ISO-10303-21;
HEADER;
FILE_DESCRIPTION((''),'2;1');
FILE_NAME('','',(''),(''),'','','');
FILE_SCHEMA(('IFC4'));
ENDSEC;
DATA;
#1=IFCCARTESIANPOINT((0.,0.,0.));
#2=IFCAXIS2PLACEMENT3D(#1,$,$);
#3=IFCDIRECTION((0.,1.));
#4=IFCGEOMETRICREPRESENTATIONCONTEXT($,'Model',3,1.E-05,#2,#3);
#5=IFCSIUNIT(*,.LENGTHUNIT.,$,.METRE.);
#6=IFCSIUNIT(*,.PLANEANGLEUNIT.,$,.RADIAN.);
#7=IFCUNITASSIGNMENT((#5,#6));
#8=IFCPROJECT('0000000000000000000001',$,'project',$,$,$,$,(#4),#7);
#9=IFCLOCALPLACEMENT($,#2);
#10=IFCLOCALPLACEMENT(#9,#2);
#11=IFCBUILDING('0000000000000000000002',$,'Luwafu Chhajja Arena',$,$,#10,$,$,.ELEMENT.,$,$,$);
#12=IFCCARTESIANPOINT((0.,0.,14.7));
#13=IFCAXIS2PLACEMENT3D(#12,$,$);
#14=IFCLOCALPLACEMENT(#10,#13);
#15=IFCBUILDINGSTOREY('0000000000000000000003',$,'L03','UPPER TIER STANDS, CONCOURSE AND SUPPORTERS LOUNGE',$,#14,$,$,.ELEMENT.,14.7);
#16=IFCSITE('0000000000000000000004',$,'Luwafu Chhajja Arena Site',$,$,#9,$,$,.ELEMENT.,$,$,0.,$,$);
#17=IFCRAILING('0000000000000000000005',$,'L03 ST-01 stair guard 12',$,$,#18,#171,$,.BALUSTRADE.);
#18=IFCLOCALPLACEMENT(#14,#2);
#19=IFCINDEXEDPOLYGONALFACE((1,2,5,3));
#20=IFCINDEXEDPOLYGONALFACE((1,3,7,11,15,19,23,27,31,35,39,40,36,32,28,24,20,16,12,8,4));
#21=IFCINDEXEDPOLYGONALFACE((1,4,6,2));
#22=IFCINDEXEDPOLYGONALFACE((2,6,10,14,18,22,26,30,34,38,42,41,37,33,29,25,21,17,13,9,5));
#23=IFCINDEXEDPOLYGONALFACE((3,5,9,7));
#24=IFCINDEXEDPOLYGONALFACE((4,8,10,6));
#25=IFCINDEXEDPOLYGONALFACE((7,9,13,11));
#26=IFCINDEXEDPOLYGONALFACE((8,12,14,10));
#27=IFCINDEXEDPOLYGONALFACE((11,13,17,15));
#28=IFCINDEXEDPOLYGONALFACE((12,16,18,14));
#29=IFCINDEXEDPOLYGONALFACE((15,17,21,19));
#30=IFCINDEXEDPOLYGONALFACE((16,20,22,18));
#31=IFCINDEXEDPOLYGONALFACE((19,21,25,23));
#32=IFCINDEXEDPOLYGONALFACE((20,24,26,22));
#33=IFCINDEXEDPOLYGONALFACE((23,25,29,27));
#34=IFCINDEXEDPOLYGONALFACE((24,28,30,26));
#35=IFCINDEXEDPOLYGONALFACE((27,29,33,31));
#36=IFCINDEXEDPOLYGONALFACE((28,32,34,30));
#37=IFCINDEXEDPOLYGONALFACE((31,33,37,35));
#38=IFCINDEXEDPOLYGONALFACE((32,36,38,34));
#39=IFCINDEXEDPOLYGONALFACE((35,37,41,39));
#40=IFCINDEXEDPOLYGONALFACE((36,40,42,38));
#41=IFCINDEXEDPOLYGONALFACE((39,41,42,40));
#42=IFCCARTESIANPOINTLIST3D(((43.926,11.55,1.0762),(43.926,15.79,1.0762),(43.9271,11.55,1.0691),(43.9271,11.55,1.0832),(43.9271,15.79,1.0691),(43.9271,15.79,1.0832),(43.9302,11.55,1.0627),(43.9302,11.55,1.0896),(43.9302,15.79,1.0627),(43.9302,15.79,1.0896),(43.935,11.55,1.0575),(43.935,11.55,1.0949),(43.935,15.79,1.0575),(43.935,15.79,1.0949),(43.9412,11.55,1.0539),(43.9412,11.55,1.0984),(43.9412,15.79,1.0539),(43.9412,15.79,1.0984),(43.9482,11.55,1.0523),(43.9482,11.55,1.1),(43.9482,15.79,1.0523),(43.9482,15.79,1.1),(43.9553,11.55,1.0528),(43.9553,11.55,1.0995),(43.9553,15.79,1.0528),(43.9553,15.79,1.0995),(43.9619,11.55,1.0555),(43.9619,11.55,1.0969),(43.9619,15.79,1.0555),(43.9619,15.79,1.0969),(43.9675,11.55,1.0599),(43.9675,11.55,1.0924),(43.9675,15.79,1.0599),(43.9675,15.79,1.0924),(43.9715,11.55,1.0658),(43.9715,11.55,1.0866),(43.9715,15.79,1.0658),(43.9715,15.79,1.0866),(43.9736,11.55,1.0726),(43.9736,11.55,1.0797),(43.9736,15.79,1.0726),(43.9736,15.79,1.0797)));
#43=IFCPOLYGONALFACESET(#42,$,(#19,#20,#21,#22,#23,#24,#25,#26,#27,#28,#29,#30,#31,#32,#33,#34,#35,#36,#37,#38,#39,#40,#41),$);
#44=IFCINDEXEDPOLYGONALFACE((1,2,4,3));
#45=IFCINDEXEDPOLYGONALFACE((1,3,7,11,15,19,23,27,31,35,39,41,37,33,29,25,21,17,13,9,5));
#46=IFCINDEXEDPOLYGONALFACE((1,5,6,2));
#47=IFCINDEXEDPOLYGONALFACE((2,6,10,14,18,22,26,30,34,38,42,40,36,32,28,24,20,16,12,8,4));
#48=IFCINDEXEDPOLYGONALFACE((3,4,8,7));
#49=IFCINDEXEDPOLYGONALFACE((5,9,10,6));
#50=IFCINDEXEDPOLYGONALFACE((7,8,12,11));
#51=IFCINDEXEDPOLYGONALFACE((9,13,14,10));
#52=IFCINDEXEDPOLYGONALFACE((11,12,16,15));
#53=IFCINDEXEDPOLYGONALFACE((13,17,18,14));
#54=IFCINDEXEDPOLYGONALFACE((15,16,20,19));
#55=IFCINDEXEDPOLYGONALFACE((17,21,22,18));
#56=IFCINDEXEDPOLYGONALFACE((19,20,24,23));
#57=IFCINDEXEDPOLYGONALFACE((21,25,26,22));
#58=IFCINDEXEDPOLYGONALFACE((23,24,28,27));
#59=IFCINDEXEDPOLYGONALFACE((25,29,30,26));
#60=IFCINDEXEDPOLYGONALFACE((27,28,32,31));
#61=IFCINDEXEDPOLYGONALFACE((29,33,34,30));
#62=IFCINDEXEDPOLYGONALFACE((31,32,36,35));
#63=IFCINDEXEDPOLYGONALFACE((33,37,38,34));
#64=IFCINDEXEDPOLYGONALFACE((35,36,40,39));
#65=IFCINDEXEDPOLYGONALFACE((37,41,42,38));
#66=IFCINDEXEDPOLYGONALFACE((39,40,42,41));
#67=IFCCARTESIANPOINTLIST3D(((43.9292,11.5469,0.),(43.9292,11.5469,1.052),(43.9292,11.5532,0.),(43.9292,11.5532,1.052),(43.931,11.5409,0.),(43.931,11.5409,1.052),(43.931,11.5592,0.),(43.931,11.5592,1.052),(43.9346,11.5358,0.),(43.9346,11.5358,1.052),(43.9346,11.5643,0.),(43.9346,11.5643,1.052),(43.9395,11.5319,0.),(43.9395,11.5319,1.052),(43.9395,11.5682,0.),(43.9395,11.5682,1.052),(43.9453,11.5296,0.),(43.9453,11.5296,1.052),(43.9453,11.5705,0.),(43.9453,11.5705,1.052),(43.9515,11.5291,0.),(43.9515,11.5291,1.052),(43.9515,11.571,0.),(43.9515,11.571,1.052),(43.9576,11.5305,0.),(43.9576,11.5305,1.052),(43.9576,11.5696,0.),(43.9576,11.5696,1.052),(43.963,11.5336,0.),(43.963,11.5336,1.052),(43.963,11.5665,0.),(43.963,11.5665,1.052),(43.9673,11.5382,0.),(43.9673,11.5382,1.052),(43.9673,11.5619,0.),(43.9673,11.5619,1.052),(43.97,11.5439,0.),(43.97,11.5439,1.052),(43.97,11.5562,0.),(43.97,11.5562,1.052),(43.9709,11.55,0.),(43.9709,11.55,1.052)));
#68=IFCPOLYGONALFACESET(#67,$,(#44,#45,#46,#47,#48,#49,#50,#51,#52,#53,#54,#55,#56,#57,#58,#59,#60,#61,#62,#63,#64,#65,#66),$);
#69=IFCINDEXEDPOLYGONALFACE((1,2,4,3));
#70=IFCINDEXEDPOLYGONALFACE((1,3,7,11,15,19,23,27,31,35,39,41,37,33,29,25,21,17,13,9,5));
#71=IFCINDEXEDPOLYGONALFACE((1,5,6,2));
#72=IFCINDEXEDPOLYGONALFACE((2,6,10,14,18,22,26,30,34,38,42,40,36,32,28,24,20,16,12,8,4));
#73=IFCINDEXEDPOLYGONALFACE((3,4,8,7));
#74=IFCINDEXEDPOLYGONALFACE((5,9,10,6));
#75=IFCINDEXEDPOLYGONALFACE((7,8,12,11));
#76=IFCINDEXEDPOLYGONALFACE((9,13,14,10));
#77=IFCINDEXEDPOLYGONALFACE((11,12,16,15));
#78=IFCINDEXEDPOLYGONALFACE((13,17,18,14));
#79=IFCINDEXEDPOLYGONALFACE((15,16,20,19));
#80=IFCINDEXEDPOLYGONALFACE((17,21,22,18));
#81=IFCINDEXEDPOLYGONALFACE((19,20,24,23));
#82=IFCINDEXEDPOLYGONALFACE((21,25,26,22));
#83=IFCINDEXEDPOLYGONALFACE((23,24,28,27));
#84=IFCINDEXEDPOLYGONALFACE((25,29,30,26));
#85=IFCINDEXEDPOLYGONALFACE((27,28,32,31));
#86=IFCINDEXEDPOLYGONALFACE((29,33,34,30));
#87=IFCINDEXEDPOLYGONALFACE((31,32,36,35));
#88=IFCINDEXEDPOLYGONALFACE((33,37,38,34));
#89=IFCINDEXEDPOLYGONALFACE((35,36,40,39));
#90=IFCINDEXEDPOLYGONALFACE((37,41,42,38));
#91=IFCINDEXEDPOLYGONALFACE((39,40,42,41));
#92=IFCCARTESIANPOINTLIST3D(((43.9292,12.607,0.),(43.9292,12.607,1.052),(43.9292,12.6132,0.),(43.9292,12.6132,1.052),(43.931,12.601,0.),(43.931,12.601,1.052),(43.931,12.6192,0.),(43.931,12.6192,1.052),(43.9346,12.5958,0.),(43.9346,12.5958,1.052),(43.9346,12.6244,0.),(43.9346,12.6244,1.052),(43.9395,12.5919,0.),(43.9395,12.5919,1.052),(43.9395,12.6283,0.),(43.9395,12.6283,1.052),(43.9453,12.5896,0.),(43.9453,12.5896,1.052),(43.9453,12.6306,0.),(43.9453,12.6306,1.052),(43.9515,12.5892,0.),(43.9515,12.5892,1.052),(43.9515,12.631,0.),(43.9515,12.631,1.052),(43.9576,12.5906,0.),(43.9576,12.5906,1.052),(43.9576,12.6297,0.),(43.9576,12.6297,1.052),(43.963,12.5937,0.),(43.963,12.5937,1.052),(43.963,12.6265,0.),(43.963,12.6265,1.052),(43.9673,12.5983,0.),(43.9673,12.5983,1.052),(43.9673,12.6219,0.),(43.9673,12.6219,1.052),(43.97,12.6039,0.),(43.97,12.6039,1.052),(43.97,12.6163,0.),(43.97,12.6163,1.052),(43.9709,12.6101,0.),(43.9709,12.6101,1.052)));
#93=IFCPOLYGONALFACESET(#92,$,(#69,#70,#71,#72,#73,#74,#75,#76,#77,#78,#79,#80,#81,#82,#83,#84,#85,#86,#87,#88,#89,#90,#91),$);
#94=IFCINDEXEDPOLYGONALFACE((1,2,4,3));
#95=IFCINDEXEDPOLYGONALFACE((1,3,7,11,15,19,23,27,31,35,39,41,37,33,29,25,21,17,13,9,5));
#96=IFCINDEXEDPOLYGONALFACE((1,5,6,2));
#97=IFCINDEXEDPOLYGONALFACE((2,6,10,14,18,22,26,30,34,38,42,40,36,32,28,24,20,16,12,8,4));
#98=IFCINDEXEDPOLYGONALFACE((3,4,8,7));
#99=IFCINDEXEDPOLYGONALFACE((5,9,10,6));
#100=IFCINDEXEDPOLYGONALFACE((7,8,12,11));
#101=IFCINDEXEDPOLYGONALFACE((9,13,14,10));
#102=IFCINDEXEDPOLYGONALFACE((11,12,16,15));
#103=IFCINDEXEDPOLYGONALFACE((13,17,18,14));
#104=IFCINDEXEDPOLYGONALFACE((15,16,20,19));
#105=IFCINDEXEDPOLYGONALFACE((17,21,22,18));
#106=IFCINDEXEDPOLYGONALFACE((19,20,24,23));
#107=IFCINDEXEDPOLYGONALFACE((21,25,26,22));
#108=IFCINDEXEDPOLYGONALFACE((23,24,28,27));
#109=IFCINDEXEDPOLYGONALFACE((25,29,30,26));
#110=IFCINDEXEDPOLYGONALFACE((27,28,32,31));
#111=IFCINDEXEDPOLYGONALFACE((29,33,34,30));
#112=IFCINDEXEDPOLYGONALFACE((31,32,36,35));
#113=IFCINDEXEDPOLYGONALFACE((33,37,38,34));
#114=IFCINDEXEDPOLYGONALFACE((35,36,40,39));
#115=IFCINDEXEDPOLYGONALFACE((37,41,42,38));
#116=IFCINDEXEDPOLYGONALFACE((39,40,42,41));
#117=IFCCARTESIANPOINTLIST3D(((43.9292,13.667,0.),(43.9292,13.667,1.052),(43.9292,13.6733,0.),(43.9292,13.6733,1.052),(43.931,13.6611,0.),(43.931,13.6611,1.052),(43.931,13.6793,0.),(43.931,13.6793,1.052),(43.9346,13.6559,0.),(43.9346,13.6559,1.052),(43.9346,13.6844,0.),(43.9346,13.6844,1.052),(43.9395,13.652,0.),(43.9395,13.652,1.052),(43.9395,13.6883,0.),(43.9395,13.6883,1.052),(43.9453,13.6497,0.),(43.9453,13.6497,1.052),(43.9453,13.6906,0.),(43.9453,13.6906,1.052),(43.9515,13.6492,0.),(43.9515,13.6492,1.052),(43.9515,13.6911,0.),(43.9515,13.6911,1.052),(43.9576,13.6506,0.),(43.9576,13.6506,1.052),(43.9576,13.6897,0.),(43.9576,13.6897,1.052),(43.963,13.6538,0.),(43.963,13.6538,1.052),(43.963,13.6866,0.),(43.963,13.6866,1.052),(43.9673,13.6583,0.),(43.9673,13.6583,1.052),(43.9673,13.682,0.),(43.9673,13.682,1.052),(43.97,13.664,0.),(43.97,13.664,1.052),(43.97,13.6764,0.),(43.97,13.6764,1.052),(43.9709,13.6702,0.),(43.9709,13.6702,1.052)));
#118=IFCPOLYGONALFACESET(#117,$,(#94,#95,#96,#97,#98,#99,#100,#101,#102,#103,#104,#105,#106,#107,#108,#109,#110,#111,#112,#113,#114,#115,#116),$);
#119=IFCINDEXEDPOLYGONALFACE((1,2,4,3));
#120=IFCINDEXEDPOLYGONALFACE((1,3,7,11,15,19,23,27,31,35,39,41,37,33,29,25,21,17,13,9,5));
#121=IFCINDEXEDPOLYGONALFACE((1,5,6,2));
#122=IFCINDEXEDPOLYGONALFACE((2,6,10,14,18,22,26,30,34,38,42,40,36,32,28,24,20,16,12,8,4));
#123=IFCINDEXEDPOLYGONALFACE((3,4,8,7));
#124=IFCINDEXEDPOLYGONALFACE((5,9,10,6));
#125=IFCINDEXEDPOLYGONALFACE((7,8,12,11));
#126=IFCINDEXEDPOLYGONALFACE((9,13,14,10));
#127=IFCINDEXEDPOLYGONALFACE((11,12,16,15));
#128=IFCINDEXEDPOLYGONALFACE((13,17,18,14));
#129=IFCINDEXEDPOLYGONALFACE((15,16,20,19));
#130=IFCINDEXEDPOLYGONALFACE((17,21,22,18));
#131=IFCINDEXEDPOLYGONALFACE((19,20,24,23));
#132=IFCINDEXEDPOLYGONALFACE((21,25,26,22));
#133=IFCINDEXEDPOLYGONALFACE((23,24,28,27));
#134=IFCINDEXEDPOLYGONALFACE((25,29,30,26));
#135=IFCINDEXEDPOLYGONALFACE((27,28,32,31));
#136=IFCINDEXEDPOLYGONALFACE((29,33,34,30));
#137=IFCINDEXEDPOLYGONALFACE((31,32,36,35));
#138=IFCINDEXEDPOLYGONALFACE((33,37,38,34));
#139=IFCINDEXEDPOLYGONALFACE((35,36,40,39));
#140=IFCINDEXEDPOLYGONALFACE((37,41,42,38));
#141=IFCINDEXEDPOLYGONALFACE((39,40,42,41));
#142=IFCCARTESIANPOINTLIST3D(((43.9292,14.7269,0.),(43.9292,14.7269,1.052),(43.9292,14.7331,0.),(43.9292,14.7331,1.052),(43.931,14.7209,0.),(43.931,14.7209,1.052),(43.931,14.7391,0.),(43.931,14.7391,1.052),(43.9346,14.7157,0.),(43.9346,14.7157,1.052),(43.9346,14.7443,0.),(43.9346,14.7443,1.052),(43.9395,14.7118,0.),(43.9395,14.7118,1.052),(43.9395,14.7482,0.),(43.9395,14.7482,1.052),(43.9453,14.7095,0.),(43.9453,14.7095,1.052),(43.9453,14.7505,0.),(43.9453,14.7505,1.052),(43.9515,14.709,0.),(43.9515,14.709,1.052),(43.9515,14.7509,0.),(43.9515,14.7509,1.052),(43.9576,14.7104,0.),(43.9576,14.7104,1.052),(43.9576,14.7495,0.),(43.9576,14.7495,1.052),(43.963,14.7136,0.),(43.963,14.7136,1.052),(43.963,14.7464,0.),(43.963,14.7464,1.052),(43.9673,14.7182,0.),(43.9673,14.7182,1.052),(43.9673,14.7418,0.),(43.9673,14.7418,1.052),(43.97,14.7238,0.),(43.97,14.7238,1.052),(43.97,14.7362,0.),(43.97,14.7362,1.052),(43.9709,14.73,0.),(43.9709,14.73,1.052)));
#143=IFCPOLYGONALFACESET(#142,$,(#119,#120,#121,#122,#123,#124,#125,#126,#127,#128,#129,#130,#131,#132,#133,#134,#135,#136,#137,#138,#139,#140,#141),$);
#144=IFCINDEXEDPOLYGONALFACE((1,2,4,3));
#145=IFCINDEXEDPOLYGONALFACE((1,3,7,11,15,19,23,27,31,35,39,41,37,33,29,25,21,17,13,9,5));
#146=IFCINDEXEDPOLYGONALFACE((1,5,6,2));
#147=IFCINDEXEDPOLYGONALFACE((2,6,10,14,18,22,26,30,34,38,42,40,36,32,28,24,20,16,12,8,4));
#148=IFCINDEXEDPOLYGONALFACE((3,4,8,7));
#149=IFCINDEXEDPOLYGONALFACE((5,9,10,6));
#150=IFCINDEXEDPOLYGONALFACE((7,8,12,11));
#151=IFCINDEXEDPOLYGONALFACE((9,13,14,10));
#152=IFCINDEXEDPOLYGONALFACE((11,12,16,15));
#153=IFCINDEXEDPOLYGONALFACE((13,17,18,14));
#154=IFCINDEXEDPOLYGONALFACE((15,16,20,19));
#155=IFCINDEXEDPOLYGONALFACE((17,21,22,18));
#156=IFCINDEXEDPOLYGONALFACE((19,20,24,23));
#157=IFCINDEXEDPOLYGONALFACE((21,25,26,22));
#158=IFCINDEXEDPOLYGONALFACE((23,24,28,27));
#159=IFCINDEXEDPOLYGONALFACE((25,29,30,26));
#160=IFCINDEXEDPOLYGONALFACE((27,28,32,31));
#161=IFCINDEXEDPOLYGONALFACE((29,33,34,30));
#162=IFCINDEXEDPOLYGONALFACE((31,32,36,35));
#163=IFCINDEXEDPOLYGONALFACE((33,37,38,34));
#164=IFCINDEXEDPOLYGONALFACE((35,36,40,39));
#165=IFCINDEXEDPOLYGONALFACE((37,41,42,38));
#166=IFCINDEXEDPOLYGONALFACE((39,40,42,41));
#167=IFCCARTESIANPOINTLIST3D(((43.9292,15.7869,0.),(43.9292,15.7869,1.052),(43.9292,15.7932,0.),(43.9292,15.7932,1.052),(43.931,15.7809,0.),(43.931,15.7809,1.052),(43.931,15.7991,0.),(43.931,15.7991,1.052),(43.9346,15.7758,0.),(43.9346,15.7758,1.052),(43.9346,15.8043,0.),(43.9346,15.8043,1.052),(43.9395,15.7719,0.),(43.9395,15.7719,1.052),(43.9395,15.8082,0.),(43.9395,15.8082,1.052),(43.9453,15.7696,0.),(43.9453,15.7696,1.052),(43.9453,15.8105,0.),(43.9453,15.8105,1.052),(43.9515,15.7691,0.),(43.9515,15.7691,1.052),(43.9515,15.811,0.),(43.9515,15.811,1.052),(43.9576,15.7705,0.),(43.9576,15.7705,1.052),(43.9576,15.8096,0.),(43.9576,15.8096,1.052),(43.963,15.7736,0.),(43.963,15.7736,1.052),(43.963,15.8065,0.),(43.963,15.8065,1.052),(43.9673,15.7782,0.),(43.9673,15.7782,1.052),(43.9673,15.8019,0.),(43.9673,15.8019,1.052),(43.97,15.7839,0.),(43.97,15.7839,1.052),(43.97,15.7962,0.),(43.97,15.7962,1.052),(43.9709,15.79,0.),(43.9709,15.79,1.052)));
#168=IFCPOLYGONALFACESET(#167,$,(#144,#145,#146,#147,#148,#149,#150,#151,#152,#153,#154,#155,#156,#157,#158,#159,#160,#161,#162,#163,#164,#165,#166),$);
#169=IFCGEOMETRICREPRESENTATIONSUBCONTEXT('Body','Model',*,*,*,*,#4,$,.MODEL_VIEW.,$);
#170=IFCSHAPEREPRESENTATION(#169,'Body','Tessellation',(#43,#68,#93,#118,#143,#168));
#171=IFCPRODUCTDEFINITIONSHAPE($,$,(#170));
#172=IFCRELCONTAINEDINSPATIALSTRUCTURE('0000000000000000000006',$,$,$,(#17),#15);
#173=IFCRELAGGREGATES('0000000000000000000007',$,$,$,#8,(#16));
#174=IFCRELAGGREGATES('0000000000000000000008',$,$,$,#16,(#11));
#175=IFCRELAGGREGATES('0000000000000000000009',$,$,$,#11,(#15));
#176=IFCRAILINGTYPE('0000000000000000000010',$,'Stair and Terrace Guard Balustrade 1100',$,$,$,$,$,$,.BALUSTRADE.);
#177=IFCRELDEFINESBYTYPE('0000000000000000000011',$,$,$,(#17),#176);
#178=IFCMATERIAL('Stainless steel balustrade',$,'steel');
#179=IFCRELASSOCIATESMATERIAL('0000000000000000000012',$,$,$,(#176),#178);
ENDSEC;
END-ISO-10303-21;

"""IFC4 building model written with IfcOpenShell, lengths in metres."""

from ifc_helpers import new_model, si_unit, direction, frame, origin, origin_2d, place, context, subcontext, project, spatial, circle, extrude, material, type_object, element, save


model = new_model("IFC4")

# Units and contexts
model_context = context("Model", 3, precision=1e-05, world=origin(), true_north=direction((0.0, 1.0)))
body_context = subcontext(model_context, "Body", "Model", "MODEL_VIEW")
ifc_project = project(units=[si_unit("LENGTHUNIT", "METRE"), si_unit("PLANEANGLEUNIT", "RADIAN")], contexts=[model_context])

# Site, building, storey
site_placement = place(None, origin())
site = spatial("IfcSite", under=ifc_project, at=site_placement, Name="Luwafu Chhajja Arena Site", CompositionType="ELEMENT", RefElevation=0.0)
building_placement = place(site_placement, origin())
building = spatial("IfcBuilding", under=site, at=building_placement, Name="Luwafu Chhajja Arena", CompositionType="ELEMENT")
storey_placement = place(building_placement, frame((0.0, 0.0, 14.7)))
storey = spatial("IfcBuildingStorey", under=building, at=storey_placement, Name="L03", Description="UPPER TIER STANDS, CONCOURSE AND SUPPORTERS LOUNGE", CompositionType="ELEMENT", Elevation=14.7)

# Railing
ifc_material_1 = material(Name="Stainless steel balustrade", Category="steel")
railing_type = type_object("IfcRailingType", Name="Stair and Terrace Guard Balustrade 1100", PredefinedType="BALUSTRADE", material=ifc_material_1)
railing_1_placement = place(storey_placement, frame((43.95, 11.55, 0.0)))
element("IfcRailing", 1, at=railing_1_placement, inside=storey, type_object=railing_type, Name="L03 ST-01 stair guard 12", PredefinedType="BALUSTRADE", context=body_context, shape_type="SweptSolid", body=[
    extrude(circle(Radius=0.0239, at=origin_2d()), frame((0.0, 0.0, 1.0762), z_axis=(0.0, 1.0, 0.0), x_axis=(-1.0, 0.0, 0.0)), (0.0, 0.0, 1.0), 4.24),
    extrude(circle(Radius=0.021, at=origin_2d()), origin(), (0.0, 0.0, 1.0), 1.052),
    extrude(circle(Radius=0.021, at=origin_2d()), frame((0.0, 1.0601, 0.0)), (0.0, 0.0, 1.0), 1.052),
    extrude(circle(Radius=0.021, at=origin_2d()), frame((0.0, 2.1201, 0.0)), (0.0, 0.0, 1.0), 1.052),
    extrude(circle(Radius=0.021, at=origin_2d()), frame((0.0, 3.1799, 0.0)), (0.0, 0.0, 1.0), 1.052),
    extrude(circle(Radius=0.021, at=origin_2d()), frame((0.0, 4.24, 0.0)), (0.0, 0.0, 1.0), 1.052),
])

save(model, "model.ifc")
